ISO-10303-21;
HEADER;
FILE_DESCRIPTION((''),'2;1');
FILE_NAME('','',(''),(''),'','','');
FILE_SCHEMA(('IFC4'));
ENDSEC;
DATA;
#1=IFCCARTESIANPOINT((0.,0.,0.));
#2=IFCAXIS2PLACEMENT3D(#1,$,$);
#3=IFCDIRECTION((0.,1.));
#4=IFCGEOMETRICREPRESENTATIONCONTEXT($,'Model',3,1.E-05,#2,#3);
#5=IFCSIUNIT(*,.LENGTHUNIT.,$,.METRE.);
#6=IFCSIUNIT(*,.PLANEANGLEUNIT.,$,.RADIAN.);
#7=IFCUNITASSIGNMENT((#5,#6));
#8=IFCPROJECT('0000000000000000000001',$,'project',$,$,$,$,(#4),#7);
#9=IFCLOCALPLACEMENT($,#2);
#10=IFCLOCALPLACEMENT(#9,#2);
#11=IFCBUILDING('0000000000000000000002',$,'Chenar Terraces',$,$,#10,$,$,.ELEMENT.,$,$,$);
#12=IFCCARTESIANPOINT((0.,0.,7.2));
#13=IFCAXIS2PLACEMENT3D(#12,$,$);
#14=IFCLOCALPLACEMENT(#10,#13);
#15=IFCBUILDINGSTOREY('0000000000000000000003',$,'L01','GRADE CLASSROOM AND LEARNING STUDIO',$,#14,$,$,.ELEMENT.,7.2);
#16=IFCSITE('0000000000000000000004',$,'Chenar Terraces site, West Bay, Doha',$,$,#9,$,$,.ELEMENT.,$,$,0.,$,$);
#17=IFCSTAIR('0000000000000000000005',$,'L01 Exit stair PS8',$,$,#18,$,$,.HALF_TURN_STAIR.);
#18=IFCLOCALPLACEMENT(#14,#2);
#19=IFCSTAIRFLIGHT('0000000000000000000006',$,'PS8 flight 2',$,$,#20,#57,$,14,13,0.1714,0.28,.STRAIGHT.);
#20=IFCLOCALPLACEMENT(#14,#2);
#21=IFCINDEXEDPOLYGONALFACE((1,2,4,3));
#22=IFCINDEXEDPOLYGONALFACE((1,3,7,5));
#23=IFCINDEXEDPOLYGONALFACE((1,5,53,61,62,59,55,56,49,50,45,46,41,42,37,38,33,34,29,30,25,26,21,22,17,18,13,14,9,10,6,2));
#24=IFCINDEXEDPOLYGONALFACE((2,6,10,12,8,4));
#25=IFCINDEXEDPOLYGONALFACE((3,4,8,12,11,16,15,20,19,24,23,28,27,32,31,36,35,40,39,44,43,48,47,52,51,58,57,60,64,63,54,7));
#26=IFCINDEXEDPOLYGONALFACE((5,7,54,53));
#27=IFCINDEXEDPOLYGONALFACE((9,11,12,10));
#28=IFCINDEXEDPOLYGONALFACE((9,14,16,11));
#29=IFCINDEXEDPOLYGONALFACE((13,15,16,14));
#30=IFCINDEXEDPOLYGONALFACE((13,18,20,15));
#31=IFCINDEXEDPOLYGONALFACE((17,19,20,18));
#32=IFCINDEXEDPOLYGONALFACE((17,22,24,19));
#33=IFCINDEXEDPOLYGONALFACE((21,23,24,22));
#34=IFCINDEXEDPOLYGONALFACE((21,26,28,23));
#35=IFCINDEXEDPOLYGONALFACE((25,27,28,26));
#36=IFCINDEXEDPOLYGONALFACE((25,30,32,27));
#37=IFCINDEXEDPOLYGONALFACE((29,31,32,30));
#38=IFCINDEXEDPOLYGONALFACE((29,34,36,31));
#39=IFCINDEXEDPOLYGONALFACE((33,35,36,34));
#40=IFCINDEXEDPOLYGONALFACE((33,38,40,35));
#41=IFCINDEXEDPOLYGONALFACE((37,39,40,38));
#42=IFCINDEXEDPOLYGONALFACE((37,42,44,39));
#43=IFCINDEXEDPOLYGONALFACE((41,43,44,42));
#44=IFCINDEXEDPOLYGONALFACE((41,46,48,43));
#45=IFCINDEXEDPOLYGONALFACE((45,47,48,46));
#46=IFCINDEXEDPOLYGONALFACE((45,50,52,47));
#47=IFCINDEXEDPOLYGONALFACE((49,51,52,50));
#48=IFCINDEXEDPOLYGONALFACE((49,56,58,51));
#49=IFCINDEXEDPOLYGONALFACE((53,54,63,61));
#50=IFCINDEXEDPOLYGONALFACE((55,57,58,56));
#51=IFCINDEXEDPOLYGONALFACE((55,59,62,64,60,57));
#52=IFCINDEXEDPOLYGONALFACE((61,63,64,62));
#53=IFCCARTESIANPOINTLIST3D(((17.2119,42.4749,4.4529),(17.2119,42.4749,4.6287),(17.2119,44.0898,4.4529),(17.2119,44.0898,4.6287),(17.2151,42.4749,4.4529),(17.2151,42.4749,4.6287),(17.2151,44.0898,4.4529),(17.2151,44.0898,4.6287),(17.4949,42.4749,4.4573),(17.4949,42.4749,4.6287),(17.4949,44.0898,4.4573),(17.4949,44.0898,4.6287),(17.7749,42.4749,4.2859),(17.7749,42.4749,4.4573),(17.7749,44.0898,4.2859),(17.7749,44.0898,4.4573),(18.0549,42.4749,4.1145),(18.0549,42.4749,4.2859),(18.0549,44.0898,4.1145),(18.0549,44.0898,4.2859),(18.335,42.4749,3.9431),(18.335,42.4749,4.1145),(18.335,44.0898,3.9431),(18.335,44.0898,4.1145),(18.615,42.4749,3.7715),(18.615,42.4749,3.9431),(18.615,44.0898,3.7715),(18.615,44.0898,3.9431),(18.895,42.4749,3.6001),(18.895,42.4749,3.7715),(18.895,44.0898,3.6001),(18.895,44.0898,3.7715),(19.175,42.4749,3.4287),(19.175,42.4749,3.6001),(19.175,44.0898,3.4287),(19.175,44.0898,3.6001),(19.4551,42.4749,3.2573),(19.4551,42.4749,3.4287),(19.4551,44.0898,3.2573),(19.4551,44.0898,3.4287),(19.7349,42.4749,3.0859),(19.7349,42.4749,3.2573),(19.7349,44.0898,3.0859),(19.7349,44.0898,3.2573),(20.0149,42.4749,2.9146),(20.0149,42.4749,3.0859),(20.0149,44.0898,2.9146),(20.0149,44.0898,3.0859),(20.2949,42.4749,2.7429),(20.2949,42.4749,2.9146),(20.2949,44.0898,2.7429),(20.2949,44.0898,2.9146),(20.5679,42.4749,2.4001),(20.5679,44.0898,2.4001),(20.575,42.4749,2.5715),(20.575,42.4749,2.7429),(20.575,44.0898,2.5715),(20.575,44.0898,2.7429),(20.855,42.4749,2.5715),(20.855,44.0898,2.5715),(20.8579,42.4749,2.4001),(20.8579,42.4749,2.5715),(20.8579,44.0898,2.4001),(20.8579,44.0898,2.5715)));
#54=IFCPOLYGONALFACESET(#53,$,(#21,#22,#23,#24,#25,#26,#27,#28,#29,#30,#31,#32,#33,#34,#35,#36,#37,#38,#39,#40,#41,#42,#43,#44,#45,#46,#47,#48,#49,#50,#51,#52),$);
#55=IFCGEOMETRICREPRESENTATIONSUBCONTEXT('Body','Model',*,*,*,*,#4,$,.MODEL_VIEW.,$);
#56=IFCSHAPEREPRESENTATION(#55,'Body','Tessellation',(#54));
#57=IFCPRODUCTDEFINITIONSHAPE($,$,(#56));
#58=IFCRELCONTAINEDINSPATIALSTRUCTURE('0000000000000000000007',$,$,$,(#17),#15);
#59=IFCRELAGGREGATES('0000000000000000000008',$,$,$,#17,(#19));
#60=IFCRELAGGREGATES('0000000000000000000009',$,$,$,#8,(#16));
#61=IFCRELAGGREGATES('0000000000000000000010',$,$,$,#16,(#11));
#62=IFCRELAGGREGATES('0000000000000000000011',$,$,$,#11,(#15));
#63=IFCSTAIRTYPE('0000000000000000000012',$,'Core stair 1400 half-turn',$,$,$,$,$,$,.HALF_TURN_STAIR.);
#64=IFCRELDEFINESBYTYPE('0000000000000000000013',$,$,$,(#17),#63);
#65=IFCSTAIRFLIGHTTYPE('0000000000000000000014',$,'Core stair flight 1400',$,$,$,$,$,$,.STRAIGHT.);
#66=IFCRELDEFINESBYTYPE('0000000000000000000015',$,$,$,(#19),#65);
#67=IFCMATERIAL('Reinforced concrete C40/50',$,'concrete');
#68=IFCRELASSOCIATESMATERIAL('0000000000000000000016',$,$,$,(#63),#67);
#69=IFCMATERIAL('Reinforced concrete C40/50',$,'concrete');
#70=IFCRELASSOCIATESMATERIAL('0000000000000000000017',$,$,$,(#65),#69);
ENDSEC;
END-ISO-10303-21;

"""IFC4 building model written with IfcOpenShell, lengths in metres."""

from ifc_helpers import new_model, si_unit, direction, frame, origin, place, context, subcontext, project, spatial, polyline, outline, extrude, material, type_object, element, aggregate, save


model = new_model("IFC4")

# Units and contexts
model_context = context("Model", 3, precision=1e-05, world=origin(), true_north=direction((0.0, 1.0)))
body_context = subcontext(model_context, "Body", "Model", "MODEL_VIEW")
ifc_project = project(units=[si_unit("LENGTHUNIT", "METRE"), si_unit("PLANEANGLEUNIT", "RADIAN")], contexts=[model_context])

# Site, building, storey
site_placement = place(None, origin())
site = spatial("IfcSite", under=ifc_project, at=site_placement, Name="Chenar Terraces site, West Bay, Doha", CompositionType="ELEMENT", RefElevation=0.0)
building_placement = place(site_placement, origin())
building = spatial("IfcBuilding", under=site, at=building_placement, Name="Chenar Terraces", CompositionType="ELEMENT")
storey_placement = place(building_placement, frame((0.0, 0.0, 7.2)))
storey = spatial("IfcBuildingStorey", under=building, at=storey_placement, Name="L01", Description="GRADE CLASSROOM AND LEARNING STUDIO", CompositionType="ELEMENT", Elevation=7.2)

# Stair, stair flight
ifc_material_1 = material(Name="Reinforced concrete C40/50", Category="concrete")
stair_type = type_object("IfcStairType", Name="Core stair 1400 half-turn", PredefinedType="HALF_TURN_STAIR", material=ifc_material_1)
placement = place(storey_placement, origin())
ifc_material_2 = material(Name="Reinforced concrete C40/50", Category="concrete")
stair_flight_type = type_object("IfcStairFlightType", Name="Core stair flight 1400", PredefinedType="STRAIGHT", material=ifc_material_2)
stair_1 = element("IfcStair", 1, at=placement, inside=storey, type_object=stair_type, Name="L01 Exit stair PS8", PredefinedType="HALF_TURN_STAIR")
stair_flight_1_placement = place(storey_placement, frame((20.855, 43.2825, 2.4001), z_axis=(0.0, 0.0, 1.0), x_axis=(-1.0, 0.0, 0.0)))
stair_flight_1 = element("IfcStairFlight", 2, at=stair_flight_1_placement, type_object=stair_flight_type, Name="PS8 flight 2", NumberOfRisers=14, NumberOfTreads=13, PredefinedType="STRAIGHT", RiserHeight=0.1714, TreadLength=0.28, context=body_context, shape_type="SweptSolid", body=[
    extrude(outline(polyline([(-0.0029, 0.0), (-0.0029, 0.1714), (0.0, 0.1714), (0.28, 0.1714), (0.28, 0.3428), (0.5601, 0.3428), (0.5601, 0.5144), (0.8401, 0.5144), (0.8401, 0.6858), (1.1201, 0.6858), (1.1201, 0.8572), (1.3999, 0.8572), (1.3999, 1.0286), (1.6799, 1.0286), (1.6799, 1.2), (1.96, 1.2), (1.96, 1.3713), (2.24, 1.3713), (2.24, 1.543), (2.52, 1.543), (2.52, 1.7144), (2.8, 1.7144), (2.8, 1.8857), (3.0801, 1.8857), (3.0801, 2.0571), (3.3601, 2.0571), (3.3601, 2.2285), (3.6399, 2.2285), (3.6431, 2.2285), (3.6431, 2.0527), (3.6399, 2.0527), (0.2871, 0.0), (-0.0029, 0.0)])), frame((0.0, 0.8076, 0.0), z_axis=(0.0, -1.0, 0.0), x_axis=(1.0, 0.0, 0.0)), (0.0, 0.0, 1.0), 1.615),
])
aggregate(stair_1, [stair_flight_1])

save(model, "model.ifc")
